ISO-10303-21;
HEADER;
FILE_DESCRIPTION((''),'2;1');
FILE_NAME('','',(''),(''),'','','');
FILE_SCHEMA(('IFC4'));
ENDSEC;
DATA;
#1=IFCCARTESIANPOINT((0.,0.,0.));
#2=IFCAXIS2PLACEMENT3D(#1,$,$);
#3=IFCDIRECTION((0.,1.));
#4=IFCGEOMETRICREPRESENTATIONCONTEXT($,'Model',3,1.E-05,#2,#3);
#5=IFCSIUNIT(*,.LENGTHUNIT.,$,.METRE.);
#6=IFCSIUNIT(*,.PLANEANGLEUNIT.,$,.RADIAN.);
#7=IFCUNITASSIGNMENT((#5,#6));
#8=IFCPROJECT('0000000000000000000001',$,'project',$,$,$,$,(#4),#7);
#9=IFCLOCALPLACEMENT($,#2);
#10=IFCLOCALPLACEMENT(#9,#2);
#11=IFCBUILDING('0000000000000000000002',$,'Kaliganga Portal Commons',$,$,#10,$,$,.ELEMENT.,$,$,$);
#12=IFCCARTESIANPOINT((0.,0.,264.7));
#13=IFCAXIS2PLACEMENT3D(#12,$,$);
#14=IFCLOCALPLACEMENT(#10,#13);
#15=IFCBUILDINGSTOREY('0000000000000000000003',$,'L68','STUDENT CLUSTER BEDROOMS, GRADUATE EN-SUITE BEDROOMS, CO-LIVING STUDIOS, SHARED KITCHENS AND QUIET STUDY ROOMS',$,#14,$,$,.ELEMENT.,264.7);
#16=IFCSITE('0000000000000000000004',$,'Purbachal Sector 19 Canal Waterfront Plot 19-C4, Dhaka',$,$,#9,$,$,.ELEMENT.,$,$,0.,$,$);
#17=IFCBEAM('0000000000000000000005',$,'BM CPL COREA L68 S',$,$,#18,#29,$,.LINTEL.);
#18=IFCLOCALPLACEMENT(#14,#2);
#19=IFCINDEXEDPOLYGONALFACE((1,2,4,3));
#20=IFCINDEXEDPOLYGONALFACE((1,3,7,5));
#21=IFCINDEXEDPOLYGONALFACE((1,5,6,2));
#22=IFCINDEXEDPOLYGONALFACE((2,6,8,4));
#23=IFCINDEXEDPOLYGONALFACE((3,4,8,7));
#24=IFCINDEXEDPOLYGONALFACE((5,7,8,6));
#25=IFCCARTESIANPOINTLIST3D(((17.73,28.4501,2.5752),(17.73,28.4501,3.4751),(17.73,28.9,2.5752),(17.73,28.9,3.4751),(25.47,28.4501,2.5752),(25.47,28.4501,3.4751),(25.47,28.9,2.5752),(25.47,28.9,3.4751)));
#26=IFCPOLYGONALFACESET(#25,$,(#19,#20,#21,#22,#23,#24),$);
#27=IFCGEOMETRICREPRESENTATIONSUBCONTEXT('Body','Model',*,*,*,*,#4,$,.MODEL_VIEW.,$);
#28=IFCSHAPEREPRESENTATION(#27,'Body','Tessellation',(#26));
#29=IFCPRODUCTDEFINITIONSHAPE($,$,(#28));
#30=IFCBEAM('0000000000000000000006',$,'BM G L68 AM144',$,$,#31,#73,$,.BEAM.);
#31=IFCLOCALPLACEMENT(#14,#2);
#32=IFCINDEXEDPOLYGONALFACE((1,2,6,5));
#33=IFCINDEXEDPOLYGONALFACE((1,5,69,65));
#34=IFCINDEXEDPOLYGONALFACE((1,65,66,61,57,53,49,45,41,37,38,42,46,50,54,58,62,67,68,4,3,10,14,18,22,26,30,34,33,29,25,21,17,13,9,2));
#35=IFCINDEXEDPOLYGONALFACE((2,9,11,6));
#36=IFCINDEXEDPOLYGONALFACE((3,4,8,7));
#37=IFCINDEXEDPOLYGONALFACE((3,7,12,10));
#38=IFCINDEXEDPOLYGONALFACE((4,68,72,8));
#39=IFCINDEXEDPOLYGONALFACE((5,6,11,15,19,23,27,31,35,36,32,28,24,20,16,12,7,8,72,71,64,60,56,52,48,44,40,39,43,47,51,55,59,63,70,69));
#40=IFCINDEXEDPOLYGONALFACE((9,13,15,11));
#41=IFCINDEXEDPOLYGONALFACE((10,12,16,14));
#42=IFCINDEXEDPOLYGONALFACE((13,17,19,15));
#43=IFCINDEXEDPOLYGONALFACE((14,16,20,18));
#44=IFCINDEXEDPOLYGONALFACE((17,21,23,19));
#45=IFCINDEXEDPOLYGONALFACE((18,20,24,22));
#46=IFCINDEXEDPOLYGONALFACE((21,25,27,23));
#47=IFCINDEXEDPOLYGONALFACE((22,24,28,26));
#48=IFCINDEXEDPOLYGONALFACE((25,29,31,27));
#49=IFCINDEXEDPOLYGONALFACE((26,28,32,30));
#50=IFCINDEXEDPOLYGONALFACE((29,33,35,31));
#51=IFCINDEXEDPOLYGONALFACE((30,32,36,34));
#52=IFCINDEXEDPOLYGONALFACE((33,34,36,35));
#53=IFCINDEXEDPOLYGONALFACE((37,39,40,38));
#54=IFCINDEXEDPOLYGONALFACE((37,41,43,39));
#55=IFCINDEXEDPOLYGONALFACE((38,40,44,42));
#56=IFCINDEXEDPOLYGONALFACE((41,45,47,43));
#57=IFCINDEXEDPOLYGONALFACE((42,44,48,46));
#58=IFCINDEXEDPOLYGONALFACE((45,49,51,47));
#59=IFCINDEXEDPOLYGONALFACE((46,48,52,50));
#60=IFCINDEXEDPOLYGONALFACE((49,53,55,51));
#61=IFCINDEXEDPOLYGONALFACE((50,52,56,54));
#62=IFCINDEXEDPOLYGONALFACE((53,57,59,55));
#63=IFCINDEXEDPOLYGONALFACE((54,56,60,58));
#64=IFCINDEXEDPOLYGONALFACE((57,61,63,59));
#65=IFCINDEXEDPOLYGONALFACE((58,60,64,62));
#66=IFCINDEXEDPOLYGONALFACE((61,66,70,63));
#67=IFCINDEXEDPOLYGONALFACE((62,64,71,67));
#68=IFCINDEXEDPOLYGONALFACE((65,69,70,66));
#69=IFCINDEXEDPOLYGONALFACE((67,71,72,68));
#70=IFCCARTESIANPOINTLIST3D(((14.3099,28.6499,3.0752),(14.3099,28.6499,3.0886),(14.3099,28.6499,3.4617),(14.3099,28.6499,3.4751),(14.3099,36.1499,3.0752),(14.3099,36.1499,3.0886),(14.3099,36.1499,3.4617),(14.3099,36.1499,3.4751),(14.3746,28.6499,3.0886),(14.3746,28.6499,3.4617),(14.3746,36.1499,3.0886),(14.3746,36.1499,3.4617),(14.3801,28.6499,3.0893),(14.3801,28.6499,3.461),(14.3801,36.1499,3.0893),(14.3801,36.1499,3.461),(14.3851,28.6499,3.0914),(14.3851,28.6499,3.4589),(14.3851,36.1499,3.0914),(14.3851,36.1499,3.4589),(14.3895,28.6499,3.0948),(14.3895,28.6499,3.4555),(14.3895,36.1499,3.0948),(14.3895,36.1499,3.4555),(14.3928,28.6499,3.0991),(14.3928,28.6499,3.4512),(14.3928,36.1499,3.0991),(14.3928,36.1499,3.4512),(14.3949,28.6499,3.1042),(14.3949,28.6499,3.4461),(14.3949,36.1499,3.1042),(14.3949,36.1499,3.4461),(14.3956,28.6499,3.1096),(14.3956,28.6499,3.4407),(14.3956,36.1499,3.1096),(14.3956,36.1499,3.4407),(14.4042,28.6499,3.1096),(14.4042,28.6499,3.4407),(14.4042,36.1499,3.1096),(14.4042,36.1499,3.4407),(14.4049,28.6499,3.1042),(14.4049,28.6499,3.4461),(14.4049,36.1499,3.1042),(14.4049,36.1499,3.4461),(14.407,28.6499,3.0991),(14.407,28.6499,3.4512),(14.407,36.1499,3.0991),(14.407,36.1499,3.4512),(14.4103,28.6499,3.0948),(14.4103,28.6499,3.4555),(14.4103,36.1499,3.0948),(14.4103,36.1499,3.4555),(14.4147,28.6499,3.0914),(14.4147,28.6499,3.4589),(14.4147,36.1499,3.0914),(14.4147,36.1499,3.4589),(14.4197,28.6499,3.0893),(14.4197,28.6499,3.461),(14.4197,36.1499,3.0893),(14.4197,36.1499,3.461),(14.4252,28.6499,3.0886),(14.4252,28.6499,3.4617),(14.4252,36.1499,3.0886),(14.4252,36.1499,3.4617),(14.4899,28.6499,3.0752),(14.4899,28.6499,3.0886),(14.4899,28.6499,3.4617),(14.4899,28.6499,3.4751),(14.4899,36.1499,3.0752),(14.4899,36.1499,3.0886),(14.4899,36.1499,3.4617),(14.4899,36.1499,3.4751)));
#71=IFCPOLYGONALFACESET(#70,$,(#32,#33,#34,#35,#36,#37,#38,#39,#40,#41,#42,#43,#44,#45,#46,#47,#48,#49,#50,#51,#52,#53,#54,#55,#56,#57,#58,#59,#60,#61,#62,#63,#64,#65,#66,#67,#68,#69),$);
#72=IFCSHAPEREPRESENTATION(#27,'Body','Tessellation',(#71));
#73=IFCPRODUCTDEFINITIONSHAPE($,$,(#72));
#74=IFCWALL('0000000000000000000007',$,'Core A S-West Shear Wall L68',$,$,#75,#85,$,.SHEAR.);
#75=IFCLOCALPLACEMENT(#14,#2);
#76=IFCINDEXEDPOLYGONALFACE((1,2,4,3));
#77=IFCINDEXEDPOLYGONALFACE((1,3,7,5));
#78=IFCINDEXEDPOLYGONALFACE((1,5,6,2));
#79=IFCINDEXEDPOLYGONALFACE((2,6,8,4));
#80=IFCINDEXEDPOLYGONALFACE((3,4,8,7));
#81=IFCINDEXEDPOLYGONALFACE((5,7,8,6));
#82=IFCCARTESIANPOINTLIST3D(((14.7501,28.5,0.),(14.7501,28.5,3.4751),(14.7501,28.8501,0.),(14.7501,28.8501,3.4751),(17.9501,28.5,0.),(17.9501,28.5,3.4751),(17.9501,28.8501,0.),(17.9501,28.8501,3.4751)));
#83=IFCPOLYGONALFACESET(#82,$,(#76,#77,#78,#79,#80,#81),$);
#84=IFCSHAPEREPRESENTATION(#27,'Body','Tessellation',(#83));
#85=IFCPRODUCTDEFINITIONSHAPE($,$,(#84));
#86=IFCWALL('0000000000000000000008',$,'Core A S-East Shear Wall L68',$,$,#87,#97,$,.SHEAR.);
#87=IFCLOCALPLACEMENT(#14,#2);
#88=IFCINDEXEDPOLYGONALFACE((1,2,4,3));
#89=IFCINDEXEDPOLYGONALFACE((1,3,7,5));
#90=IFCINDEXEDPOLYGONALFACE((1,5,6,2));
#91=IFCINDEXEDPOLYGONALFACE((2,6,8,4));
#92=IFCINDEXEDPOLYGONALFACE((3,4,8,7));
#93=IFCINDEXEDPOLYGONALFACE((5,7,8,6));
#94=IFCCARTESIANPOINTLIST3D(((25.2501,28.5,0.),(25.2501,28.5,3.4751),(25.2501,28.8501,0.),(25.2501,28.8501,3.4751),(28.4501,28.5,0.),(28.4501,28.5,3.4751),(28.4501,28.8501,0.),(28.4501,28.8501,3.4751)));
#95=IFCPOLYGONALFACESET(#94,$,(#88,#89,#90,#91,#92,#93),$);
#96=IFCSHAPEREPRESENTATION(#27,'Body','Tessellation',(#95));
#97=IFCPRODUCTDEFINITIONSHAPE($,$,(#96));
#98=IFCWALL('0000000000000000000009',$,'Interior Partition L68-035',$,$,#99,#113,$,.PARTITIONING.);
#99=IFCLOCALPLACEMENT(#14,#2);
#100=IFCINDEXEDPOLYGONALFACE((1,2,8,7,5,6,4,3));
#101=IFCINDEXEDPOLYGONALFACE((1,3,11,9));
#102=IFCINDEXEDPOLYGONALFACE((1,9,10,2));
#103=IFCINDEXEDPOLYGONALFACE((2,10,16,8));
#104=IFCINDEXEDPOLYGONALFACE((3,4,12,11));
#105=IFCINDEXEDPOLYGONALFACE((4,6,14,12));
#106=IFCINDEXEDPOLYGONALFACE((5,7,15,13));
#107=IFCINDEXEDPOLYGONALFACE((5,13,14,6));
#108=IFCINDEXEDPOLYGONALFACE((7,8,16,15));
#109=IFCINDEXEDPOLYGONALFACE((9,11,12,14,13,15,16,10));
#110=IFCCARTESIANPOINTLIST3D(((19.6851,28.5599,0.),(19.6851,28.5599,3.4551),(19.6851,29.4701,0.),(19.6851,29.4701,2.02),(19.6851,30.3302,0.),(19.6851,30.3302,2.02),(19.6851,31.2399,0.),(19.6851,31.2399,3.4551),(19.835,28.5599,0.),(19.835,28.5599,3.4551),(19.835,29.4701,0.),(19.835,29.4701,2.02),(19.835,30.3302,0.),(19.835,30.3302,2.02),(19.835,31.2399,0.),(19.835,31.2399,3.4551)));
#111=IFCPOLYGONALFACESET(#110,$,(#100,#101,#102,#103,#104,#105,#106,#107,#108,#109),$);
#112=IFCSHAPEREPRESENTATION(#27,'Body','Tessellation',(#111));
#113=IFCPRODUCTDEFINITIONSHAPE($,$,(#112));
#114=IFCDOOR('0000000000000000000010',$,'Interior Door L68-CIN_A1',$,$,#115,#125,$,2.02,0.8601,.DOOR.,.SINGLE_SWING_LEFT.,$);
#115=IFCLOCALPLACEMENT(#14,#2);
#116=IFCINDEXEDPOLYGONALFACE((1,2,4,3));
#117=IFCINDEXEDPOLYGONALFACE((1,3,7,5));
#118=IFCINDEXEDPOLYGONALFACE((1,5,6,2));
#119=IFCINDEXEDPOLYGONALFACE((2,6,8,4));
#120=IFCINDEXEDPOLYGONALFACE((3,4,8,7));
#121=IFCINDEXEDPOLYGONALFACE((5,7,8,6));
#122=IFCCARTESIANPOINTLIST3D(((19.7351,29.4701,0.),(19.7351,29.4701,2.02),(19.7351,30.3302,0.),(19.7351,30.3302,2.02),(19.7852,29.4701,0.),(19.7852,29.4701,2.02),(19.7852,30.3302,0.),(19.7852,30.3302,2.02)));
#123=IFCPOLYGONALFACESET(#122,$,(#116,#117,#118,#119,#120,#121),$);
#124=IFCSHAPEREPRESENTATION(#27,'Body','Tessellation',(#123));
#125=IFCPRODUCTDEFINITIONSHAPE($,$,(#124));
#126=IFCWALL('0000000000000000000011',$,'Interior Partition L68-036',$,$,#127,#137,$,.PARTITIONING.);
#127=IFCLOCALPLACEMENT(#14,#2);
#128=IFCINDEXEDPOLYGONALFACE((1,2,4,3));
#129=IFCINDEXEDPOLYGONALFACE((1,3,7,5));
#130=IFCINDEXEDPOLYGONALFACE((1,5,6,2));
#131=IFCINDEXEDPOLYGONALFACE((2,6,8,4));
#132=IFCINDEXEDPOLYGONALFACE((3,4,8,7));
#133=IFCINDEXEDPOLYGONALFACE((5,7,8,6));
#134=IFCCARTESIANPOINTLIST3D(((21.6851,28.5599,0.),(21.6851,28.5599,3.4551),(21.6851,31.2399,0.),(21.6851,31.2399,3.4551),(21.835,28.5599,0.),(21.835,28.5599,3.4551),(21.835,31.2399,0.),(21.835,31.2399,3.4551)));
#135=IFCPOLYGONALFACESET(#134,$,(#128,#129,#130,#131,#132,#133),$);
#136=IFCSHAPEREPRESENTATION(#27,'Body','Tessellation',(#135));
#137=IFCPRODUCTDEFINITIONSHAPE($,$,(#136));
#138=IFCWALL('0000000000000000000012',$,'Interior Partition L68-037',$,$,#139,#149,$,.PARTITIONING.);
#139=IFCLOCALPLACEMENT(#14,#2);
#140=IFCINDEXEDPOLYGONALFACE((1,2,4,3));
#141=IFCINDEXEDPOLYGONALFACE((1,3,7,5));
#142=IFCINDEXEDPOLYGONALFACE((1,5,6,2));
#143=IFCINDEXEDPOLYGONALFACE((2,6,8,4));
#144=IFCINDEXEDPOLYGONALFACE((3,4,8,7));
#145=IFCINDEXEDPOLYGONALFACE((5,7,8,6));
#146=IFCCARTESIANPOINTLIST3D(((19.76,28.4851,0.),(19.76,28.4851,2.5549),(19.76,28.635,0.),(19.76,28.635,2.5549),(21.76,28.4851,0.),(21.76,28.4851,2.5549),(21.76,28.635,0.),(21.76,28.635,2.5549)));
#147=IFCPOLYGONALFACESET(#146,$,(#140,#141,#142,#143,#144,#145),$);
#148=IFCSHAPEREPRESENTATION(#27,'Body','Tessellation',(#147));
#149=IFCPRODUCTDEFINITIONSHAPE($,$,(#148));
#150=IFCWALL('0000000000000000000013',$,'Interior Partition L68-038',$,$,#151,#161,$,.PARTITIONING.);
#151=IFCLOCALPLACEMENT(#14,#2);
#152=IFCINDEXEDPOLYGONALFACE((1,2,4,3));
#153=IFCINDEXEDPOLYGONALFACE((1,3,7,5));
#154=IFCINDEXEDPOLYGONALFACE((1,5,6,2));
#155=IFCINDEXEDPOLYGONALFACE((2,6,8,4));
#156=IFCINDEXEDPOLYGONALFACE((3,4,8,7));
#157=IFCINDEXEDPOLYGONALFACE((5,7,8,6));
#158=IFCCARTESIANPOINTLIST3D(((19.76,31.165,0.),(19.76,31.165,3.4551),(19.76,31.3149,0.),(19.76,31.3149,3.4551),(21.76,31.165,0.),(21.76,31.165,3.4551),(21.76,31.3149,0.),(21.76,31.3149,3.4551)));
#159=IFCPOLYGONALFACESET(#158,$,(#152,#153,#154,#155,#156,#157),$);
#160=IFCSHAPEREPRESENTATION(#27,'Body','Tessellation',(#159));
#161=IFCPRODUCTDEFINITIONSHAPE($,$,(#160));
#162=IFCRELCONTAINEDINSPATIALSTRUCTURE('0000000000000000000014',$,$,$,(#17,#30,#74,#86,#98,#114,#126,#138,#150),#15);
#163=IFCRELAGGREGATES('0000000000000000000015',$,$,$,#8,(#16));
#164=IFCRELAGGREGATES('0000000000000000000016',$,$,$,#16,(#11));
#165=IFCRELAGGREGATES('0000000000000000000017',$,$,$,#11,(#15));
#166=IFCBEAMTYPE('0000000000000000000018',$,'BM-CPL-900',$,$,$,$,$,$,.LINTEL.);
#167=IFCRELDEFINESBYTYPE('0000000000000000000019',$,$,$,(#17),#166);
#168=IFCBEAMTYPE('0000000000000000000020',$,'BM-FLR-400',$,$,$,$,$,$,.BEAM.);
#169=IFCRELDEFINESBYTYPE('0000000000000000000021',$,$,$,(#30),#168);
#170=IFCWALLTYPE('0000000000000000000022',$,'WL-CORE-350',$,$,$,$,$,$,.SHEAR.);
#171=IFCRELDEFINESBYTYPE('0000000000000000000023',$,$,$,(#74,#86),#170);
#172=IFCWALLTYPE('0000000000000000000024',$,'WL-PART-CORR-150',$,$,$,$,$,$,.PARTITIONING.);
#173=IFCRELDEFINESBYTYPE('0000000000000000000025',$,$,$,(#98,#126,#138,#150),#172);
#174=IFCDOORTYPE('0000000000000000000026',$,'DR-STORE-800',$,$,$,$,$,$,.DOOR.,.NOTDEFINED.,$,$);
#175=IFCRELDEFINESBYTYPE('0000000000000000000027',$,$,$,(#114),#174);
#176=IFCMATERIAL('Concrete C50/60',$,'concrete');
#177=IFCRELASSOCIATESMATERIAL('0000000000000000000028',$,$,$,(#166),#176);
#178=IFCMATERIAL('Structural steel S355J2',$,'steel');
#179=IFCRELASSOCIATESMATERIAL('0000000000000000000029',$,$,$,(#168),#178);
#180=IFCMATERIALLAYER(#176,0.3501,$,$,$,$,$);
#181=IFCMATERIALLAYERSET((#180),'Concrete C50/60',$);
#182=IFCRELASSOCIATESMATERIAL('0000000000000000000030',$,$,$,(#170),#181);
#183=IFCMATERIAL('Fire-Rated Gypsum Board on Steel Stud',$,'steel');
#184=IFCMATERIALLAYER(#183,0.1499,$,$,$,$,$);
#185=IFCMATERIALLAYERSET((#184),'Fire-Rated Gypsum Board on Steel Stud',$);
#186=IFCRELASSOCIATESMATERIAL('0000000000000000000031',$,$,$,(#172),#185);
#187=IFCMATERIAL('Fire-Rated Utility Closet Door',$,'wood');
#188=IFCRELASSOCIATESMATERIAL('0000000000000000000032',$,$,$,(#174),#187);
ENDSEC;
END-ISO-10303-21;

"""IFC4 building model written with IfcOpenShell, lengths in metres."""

from ifc_helpers import new_model, si_unit, direction, frame, frame_2d, origin, origin_2d, place, context, subcontext, project, spatial, rectangle, i_section, extrude, source, transform, mapped, material, layer, layer_set, material_profile, profile_set, type_object, element, fill, save


model = new_model("IFC4")

# Units and contexts
model_context = context("Model", 3, precision=1e-05, world=origin(), true_north=direction((0.0, 1.0)))
body_context = subcontext(model_context, "Body", "Model", "MODEL_VIEW")
ifc_project = project(units=[si_unit("LENGTHUNIT", "METRE"), si_unit("PLANEANGLEUNIT", "RADIAN")], contexts=[model_context])

# Site, building, storey
site_placement = place(None, origin())
site = spatial("IfcSite", under=ifc_project, at=site_placement, Name="Purbachal Sector 19 Canal Waterfront Plot 19-C4, Dhaka", CompositionType="ELEMENT", RefElevation=0.0)
building_placement = place(site_placement, origin())
building = spatial("IfcBuilding", under=site, at=building_placement, Name="Kaliganga Portal Commons", CompositionType="ELEMENT")
storey_placement = place(building_placement, frame((0.0, 0.0, 264.7)))
storey = spatial("IfcBuildingStorey", under=building, at=storey_placement, Name="L68", Description="STUDENT CLUSTER BEDROOMS, GRADUATE EN-SUITE BEDROOMS, CO-LIVING STUDIOS, SHARED KITCHENS AND QUIET STUDY ROOMS", CompositionType="ELEMENT", Elevation=264.7)

# Beams
ifc_material_1 = material(Name="Concrete C50/60", Category="concrete")
ifc_material_profile_1 = material_profile(ifc_material_1, rectangle(XDim=0.45, YDim=0.8999, at=origin_2d()), Name="RC 450x900")
ifc_profile_set_1 = profile_set([ifc_material_profile_1], Name="Concrete C50/60")
beam_type_1 = type_object("IfcBeamType", Name="BM-CPL-900", PredefinedType="LINTEL", material=ifc_profile_set_1)
shared_shape_1 = source(origin(), body_context, "Body", "SweptSolid", [
    extrude(rectangle(XDim=0.45, YDim=0.8999, at=origin_2d()), origin(), (0.0, 0.0, 1.0), 7.74),
])
beam_1_placement = place(storey_placement, frame((17.73, 28.675, 3.0251), z_axis=(1.0, 0.0, 0.0), x_axis=(0.0, 1.0, 0.0)))
element("IfcBeam", 1, at=beam_1_placement, inside=storey, type_object=beam_type_1, Name="BM CPL COREA L68 S", PredefinedType="LINTEL", context=body_context, shape_type="MappedRepresentation", body=[
    mapped(shared_shape_1, transform((0.0, 0.0, 0.0), x_axis=(1.0, 0.0, 0.0), y_axis=(0.0, 1.0, 0.0), z_axis=(0.0, 0.0, 1.0), scale=1.0)),
])
ifc_material_2 = material(Name="Structural steel S355J2", Category="steel")
ifc_material_profile_2 = material_profile(ifc_material_2, i_section(OverallWidth=0.1799, OverallDepth=0.3999, WebThickness=0.0085, FlangeThickness=0.0134, FilletRadius=0.021, at=origin_2d()), Name="IPE 400")
ifc_profile_set_2 = profile_set([ifc_material_profile_2], Name="Structural steel S355J2 wide-flange")
beam_type_2 = type_object("IfcBeamType", Name="BM-FLR-400", PredefinedType="BEAM", material=ifc_profile_set_2)
shared_shape_2 = source(origin(), body_context, "Body", "SweptSolid", [
    extrude(i_section(OverallWidth=0.1799, OverallDepth=0.3999, WebThickness=0.0085, FlangeThickness=0.0134, FilletRadius=0.021, at=origin_2d()), origin(), (0.0, 0.0, 1.0), 7.5),
])
beam_2_placement = place(storey_placement, frame((14.3999, 28.6499, 3.2751), z_axis=(0.0, 1.0, 0.0), x_axis=(-1.0, 0.0, 0.0)))
element("IfcBeam", 2, at=beam_2_placement, inside=storey, type_object=beam_type_2, Name="BM G L68 AM144", PredefinedType="BEAM", context=body_context, shape_type="MappedRepresentation", body=[
    mapped(shared_shape_2, transform((0.0, 0.0, 0.0), x_axis=(1.0, 0.0, 0.0), y_axis=(0.0, 1.0, 0.0), z_axis=(0.0, 0.0, 1.0), scale=1.0)),
])

# Walls
ifc_layer_1 = layer(ifc_material_1, 0.3501)
ifc_layer_set_1 = layer_set([ifc_layer_1], Name="Concrete C50/60")
wall_type_1 = type_object("IfcWallType", Name="WL-CORE-350", PredefinedType="SHEAR", material=ifc_layer_set_1)
for number, where, z_axis, x_axis, name in (
    (3, (14.75, 28.675, 0.0), (0.0, 0.0, 1.0), (1.0, 0.0, 0.0), "Core A S-West Shear Wall L68"),
    (4, (25.25, 28.675, 0.0), (0.0, 0.0, 1.0), (1.0, 0.0, 0.0), "Core A S-East Shear Wall L68"),
):
    element("IfcWall", number, at=place(storey_placement, frame(where, z_axis=z_axis, x_axis=x_axis)), inside=storey, type_object=wall_type_1, Name=name, PredefinedType="SHEAR", context=body_context, shape_type="SweptSolid", body=[
        extrude(rectangle(XDim=3.2, YDim=0.3501, at=frame_2d((1.6001, 0.0))), origin(), (0.0, 0.0, 1.0), 3.4751),
    ])

# Wall, opening, door
ifc_material_3 = material(Name="Fire-Rated Gypsum Board on Steel Stud", Category="steel")
ifc_layer_2 = layer(ifc_material_3, 0.1499)
ifc_layer_set_2 = layer_set([ifc_layer_2], Name="Fire-Rated Gypsum Board on Steel Stud")
wall_type_2 = type_object("IfcWallType", Name="WL-PART-CORR-150", PredefinedType="PARTITIONING", material=ifc_layer_set_2)
wall_1_placement = place(storey_placement, frame((19.76, 28.5601, 0.0), z_axis=(0.0, 0.0, 1.0), x_axis=(0.0, 1.0, 0.0)))
wall_1 = element("IfcWall", 5, at=wall_1_placement, inside=storey, type_object=wall_type_2, Name="Interior Partition L68-035", PredefinedType="PARTITIONING", context=body_context, shape_type="SweptSolid", body=[
    extrude(rectangle(XDim=2.6799, YDim=0.1499, at=frame_2d((1.3398, 0.0))), origin(), (0.0, 0.0, 1.0), 3.4551),
])
opening_1_placement = place(wall_1_placement, frame((0.9099, 0.0, 0.0)))
opening_1 = element("IfcOpeningElement", 6, at=opening_1_placement, cuts=wall_1, PredefinedType="OPENING", context=body_context, shape_type="SweptSolid", body=[
    extrude(rectangle(XDim=0.8601, YDim=2.02, at=frame_2d((0.4302, 1.01))), frame((0.0, 0.085, 0.0), z_axis=(0.0, -1.0, 0.0), x_axis=(1.0, 0.0, 0.0)), (0.0, 0.0, 1.0), 0.1699),
])
ifc_material_4 = material(Name="Fire-Rated Utility Closet Door", Category="wood")
door_type_1 = type_object("IfcDoorType", Name="DR-STORE-800", OperationType="NOTDEFINED", PredefinedType="DOOR", material=ifc_material_4)
door_1_placement = place(opening_1_placement, origin())
door_1 = element("IfcDoor", 7, at=door_1_placement, inside=storey, type_object=door_type_1, Name="Interior Door L68-CIN_A1", OperationType="SINGLE_SWING_LEFT", OverallHeight=2.02, OverallWidth=0.8601, PredefinedType="DOOR", context=body_context, shape_type="SweptSolid", body=[
    extrude(rectangle(XDim=0.8601, YDim=2.02, at=frame_2d((0.4302, 1.01))), frame((0.0, 0.0249, 0.0), z_axis=(0.0, -1.0, 0.0), x_axis=(1.0, 0.0, 0.0)), (0.0, 0.0, 1.0), 0.05),
])
fill(opening_1, door_1)

# Walls
wall_2_placement = place(storey_placement, frame((21.76, 28.5601, 0.0), z_axis=(0.0, 0.0, 1.0), x_axis=(0.0, 1.0, 0.0)))
element("IfcWall", 8, at=wall_2_placement, inside=storey, type_object=wall_type_2, Name="Interior Partition L68-036", PredefinedType="PARTITIONING", context=body_context, shape_type="SweptSolid", body=[
    extrude(rectangle(XDim=2.6799, YDim=0.1499, at=frame_2d((1.3398, 0.0))), origin(), (0.0, 0.0, 1.0), 3.4551),
])
wall_3_placement = place(storey_placement, frame((19.76, 28.5601, 0.0), z_axis=(0.0, 0.0, 1.0), x_axis=(1.0, 0.0, 0.0)))
element("IfcWall", 9, at=wall_3_placement, inside=storey, type_object=wall_type_2, Name="Interior Partition L68-037", PredefinedType="PARTITIONING", context=body_context, shape_type="SweptSolid", body=[
    extrude(rectangle(XDim=2.0, YDim=0.1499, at=frame_2d((1.0, 0.0))), origin(), (0.0, 0.0, 1.0), 2.5549),
])
wall_4_placement = place(storey_placement, frame((19.76, 31.24, 0.0), z_axis=(0.0, 0.0, 1.0), x_axis=(1.0, 0.0, 0.0)))
element("IfcWall", 10, at=wall_4_placement, inside=storey, type_object=wall_type_2, Name="Interior Partition L68-038", PredefinedType="PARTITIONING", context=body_context, shape_type="SweptSolid", body=[
    extrude(rectangle(XDim=2.0, YDim=0.1499, at=frame_2d((1.0, 0.0))), origin(), (0.0, 0.0, 1.0), 3.4551),
])

save(model, "model.ifc")
